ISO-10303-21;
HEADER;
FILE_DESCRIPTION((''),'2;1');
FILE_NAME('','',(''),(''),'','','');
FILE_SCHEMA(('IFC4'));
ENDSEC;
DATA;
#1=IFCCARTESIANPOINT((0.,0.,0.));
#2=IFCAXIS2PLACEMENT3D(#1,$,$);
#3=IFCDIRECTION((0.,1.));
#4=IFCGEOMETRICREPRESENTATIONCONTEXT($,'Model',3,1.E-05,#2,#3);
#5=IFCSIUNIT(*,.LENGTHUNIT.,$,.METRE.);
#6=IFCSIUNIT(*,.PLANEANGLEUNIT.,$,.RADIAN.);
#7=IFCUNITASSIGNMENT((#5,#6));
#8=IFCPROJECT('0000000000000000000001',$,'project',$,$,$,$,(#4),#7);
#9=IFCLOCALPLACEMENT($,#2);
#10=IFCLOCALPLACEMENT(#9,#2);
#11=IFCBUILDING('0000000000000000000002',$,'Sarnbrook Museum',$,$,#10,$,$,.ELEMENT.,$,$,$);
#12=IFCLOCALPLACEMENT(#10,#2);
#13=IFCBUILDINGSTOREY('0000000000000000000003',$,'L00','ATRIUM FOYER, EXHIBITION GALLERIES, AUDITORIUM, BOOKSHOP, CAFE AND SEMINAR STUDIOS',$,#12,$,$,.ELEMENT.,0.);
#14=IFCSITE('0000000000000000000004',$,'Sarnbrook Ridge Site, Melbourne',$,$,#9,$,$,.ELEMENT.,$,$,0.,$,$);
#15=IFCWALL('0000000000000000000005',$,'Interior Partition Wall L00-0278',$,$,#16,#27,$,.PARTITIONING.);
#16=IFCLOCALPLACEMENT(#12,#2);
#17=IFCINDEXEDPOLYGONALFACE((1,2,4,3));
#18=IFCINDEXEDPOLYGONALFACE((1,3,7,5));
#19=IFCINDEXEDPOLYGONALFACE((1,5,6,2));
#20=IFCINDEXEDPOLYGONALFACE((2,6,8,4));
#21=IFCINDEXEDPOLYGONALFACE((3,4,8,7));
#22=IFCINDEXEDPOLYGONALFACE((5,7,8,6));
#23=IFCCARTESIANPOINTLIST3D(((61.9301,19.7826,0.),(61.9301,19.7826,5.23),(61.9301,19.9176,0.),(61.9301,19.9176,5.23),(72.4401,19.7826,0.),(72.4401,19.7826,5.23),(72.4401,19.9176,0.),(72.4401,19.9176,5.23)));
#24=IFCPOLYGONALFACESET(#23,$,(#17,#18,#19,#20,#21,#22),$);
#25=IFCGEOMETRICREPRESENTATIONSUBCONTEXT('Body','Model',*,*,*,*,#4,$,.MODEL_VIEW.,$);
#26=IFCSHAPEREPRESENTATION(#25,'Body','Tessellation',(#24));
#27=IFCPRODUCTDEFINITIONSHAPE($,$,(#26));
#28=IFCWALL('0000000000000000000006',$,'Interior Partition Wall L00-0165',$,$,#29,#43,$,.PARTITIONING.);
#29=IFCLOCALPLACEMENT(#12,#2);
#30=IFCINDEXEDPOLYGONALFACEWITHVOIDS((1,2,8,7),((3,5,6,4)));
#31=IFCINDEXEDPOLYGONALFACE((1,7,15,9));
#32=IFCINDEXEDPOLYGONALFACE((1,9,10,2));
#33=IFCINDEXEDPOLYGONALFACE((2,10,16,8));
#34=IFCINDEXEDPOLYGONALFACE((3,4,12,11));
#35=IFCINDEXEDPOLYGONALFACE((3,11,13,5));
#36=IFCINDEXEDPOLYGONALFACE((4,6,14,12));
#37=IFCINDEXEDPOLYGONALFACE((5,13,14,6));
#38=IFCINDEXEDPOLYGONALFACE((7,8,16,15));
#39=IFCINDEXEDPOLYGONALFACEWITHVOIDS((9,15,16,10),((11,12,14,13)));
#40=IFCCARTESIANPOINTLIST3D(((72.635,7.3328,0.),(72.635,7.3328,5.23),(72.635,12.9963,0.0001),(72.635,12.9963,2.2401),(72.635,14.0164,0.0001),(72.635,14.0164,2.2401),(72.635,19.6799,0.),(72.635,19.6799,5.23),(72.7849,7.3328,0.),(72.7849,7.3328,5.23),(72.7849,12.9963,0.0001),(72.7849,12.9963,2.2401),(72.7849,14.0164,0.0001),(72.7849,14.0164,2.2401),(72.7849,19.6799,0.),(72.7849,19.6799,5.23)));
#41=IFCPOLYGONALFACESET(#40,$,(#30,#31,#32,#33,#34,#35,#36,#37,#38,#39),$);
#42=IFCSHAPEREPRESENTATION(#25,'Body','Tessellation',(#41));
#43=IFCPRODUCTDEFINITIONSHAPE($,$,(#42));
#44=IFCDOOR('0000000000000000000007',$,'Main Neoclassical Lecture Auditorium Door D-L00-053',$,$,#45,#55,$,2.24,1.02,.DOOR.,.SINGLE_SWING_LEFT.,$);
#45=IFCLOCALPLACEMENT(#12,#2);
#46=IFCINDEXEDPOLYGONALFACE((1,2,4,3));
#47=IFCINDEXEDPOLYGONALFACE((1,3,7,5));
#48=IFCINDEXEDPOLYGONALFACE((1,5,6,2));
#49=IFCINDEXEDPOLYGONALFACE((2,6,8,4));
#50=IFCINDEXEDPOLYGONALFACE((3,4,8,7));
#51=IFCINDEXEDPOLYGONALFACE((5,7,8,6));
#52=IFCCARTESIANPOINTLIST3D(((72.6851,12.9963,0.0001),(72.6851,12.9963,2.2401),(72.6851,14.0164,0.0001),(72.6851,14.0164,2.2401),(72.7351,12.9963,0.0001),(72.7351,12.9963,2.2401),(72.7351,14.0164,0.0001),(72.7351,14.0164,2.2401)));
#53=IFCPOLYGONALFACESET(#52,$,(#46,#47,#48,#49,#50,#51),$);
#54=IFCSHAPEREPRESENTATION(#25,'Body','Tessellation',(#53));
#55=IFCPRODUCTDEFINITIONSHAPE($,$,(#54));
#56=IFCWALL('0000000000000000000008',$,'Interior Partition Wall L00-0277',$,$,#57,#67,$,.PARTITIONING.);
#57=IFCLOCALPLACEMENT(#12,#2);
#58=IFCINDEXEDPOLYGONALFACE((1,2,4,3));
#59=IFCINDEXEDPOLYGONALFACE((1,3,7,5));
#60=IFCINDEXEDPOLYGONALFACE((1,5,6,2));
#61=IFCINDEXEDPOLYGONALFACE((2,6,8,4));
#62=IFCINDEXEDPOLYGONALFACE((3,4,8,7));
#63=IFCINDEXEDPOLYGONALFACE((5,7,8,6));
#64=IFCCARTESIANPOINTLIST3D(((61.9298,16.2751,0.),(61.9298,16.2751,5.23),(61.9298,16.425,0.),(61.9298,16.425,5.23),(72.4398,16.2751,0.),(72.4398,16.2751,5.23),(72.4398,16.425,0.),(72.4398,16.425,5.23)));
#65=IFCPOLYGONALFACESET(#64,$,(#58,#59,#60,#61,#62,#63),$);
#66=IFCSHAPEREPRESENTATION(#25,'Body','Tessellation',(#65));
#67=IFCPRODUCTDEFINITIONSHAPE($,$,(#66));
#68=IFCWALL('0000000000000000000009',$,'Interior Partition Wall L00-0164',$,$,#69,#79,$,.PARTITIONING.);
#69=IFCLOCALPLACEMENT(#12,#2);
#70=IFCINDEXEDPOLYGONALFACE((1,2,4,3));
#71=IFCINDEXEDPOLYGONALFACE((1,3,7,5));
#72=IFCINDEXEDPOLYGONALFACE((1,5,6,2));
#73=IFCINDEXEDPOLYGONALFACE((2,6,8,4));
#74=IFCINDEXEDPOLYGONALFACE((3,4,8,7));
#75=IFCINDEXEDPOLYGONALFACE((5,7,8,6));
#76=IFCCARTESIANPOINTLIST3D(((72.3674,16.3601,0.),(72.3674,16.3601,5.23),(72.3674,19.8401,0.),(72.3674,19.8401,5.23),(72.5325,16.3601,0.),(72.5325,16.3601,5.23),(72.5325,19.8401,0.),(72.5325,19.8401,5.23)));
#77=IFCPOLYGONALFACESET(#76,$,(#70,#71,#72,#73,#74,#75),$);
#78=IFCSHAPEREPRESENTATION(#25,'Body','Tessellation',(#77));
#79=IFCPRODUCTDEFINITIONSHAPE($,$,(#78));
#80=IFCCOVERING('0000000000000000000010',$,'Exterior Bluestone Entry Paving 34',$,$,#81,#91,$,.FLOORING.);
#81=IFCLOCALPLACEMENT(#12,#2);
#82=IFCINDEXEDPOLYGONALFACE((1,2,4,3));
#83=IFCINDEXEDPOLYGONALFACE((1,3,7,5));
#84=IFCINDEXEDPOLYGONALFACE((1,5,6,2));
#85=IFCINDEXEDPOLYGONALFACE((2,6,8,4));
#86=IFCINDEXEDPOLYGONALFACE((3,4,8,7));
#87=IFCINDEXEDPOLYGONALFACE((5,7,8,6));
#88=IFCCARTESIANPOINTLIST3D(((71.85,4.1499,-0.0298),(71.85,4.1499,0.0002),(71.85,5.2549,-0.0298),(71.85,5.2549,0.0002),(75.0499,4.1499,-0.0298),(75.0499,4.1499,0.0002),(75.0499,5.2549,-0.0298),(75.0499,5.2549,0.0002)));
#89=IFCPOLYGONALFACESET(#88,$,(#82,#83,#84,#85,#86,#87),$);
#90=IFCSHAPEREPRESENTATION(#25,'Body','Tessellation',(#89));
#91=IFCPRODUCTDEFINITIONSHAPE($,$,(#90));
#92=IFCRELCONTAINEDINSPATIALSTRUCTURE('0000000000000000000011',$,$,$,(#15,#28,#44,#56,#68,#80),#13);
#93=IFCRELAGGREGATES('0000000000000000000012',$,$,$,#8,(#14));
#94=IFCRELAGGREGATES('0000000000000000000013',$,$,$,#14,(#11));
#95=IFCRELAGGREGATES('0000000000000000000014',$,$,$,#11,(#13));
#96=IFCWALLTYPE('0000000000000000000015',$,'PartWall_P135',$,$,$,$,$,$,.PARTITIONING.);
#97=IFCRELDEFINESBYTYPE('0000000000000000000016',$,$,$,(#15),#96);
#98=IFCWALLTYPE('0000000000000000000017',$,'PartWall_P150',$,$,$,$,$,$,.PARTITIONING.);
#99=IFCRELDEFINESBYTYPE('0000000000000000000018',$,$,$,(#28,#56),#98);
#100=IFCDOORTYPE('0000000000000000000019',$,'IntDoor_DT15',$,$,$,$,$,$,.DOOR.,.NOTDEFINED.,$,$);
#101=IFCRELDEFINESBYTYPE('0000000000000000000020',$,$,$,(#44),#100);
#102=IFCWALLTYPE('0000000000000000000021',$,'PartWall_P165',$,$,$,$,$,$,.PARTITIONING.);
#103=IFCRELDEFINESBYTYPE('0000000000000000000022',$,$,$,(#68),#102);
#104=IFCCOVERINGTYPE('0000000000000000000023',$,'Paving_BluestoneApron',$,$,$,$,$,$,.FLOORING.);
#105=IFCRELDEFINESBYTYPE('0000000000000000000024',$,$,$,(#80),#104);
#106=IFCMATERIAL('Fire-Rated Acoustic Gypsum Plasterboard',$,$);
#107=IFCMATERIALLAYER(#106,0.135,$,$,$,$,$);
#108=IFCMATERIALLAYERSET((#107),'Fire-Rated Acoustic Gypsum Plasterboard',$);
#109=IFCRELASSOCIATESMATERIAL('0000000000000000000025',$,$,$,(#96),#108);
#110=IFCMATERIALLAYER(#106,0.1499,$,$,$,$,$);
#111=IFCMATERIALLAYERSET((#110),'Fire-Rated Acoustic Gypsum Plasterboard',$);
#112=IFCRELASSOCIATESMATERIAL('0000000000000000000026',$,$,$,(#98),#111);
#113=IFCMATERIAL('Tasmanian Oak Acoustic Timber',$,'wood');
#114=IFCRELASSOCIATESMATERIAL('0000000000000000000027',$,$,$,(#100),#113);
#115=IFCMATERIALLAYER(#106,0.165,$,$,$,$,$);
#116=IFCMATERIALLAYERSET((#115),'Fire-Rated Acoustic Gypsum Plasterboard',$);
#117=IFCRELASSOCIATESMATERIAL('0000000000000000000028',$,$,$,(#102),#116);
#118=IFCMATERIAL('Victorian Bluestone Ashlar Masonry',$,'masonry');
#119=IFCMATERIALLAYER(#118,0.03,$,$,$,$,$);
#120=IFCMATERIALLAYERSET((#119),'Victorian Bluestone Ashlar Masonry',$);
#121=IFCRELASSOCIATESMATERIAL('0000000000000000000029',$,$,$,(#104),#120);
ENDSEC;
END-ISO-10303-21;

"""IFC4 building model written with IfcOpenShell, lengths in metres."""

from ifc_helpers import new_model, si_unit, direction, frame, frame_2d, origin, origin_2d, place, context, subcontext, project, spatial, rectangle, extrude, material, layer, layer_set, type_object, element, fill, save


model = new_model("IFC4")

# Units and contexts
model_context = context("Model", 3, precision=1e-05, world=origin(), true_north=direction((0.0, 1.0)))
body_context = subcontext(model_context, "Body", "Model", "MODEL_VIEW")
ifc_project = project(units=[si_unit("LENGTHUNIT", "METRE"), si_unit("PLANEANGLEUNIT", "RADIAN")], contexts=[model_context])

# Site, building, storey
site_placement = place(None, origin())
site = spatial("IfcSite", under=ifc_project, at=site_placement, Name="Sarnbrook Ridge Site, Melbourne", CompositionType="ELEMENT", RefElevation=0.0)
building_placement = place(site_placement, origin())
building = spatial("IfcBuilding", under=site, at=building_placement, Name="Sarnbrook Museum", CompositionType="ELEMENT")
storey_placement = place(building_placement, origin())
storey = spatial("IfcBuildingStorey", under=building, at=storey_placement, Name="L00", Description="ATRIUM FOYER, EXHIBITION GALLERIES, AUDITORIUM, BOOKSHOP, CAFE AND SEMINAR STUDIOS", CompositionType="ELEMENT", Elevation=0.0)

# Shared definitions
ifc_material_1 = material(Name="Tasmanian Oak Acoustic Timber", Category="wood")

# Wall
ifc_material_2 = material(Name="Fire-Rated Acoustic Gypsum Plasterboard")
ifc_layer_1 = layer(ifc_material_2, 0.135)
ifc_layer_set_1 = layer_set([ifc_layer_1], Name="Fire-Rated Acoustic Gypsum Plasterboard")
wall_type_1 = type_object("IfcWallType", Name="PartWall_P135", PredefinedType="PARTITIONING", material=ifc_layer_set_1)
wall_1_placement = place(storey_placement, frame((72.4399, 19.8501, 0.0), z_axis=(0.0, 0.0, 1.0), x_axis=(-1.0, 0.0, 0.0)))
element("IfcWall", 1, at=wall_1_placement, inside=storey, type_object=wall_type_1, Name="Interior Partition Wall L00-0278", PredefinedType="PARTITIONING", context=body_context, shape_type="SweptSolid", body=[
    extrude(rectangle(XDim=10.51, YDim=0.135, at=frame_2d((5.2549, 0.0))), origin(), (0.0, 0.0, 1.0), 5.23),
])

# Wall, opening, door
ifc_layer_2 = layer(ifc_material_2, 0.1499)
ifc_layer_set_2 = layer_set([ifc_layer_2], Name="Fire-Rated Acoustic Gypsum Plasterboard")
wall_type_2 = type_object("IfcWallType", Name="PartWall_P150", PredefinedType="PARTITIONING", material=ifc_layer_set_2)
wall_2_placement = place(storey_placement, frame((72.71, 19.6799, 0.0), z_axis=(0.0, 0.0, 1.0), x_axis=(0.0, -1.0, 0.0)))
wall_2 = element("IfcWall", 2, at=wall_2_placement, inside=storey, type_object=wall_type_2, Name="Interior Partition Wall L00-0165", PredefinedType="PARTITIONING", context=body_context, shape_type="SweptSolid", body=[
    extrude(rectangle(XDim=12.3472, YDim=0.1499, at=frame_2d((6.1736, 0.0))), origin(), (0.0, 0.0, 1.0), 5.23),
])
opening_1_placement = place(wall_2_placement, frame((5.6636, 0.0, 0.0)))
opening_1 = element("IfcOpeningElement", 3, at=opening_1_placement, cuts=wall_2, PredefinedType="OPENING", context=body_context, shape_type="SweptSolid", body=[
    extrude(rectangle(XDim=1.02, YDim=2.24, at=frame_2d((0.51, 1.1201))), frame((0.0, 0.085, 0.0), z_axis=(0.0, -1.0, 0.0), x_axis=(1.0, 0.0, 0.0)), (0.0, 0.0, 1.0), 0.1699),
])
door_type_1 = type_object("IfcDoorType", Name="IntDoor_DT15", OperationType="NOTDEFINED", PredefinedType="DOOR", material=ifc_material_1)
door_1_placement = place(opening_1_placement, frame((1.02, 0.0, 0.0), z_axis=(0.0, 0.0, 1.0), x_axis=(-1.0, 0.0, 0.0)))
door_1 = element("IfcDoor", 4, at=door_1_placement, inside=storey, type_object=door_type_1, Name="Main Neoclassical Lecture Auditorium Door D-L00-053", OperationType="SINGLE_SWING_LEFT", OverallHeight=2.24, OverallWidth=1.02, PredefinedType="DOOR", context=body_context, shape_type="SweptSolid", body=[
    extrude(rectangle(XDim=1.02, YDim=2.24, at=frame_2d((0.51, 1.1201))), frame((0.0, 0.0249, 0.0), z_axis=(0.0, -1.0, 0.0), x_axis=(1.0, 0.0, 0.0)), (0.0, 0.0, 1.0), 0.05),
])
fill(opening_1, door_1)

# Walls
wall_3_placement = place(storey_placement, frame((61.9299, 16.3501, 0.0), z_axis=(0.0, 0.0, 1.0), x_axis=(1.0, 0.0, 0.0)))
element("IfcWall", 5, at=wall_3_placement, inside=storey, type_object=wall_type_2, Name="Interior Partition Wall L00-0277", PredefinedType="PARTITIONING", context=body_context, shape_type="SweptSolid", body=[
    extrude(rectangle(XDim=10.51, YDim=0.1499, at=frame_2d((5.2549, 0.0))), origin(), (0.0, 0.0, 1.0), 5.23),
])
ifc_layer_3 = layer(ifc_material_2, 0.165)
ifc_layer_set_3 = layer_set([ifc_layer_3], Name="Fire-Rated Acoustic Gypsum Plasterboard")
wall_type_3 = type_object("IfcWallType", Name="PartWall_P165", PredefinedType="PARTITIONING", material=ifc_layer_set_3)
wall_4_placement = place(storey_placement, frame((72.45, 16.3601, 0.0), z_axis=(0.0, 0.0, 1.0), x_axis=(0.0, 1.0, 0.0)))
element("IfcWall", 6, at=wall_4_placement, inside=storey, type_object=wall_type_3, Name="Interior Partition Wall L00-0164", PredefinedType="PARTITIONING", context=body_context, shape_type="SweptSolid", body=[
    extrude(rectangle(XDim=3.48, YDim=0.165, at=frame_2d((1.74, 0.0))), origin(), (0.0, 0.0, 1.0), 5.23),
])

# Covering
ifc_material_3 = material(Name="Victorian Bluestone Ashlar Masonry", Category="masonry")
ifc_layer_4 = layer(ifc_material_3, 0.03)
ifc_layer_set_4 = layer_set([ifc_layer_4], Name="Victorian Bluestone Ashlar Masonry")
covering_type = type_object("IfcCoveringType", Name="Paving_BluestoneApron", PredefinedType="FLOORING", material=ifc_layer_set_4)
covering_placement = place(storey_placement, frame((73.45, 4.7024, -0.0298), z_axis=(0.0, 0.0, 1.0), x_axis=(1.0, 0.0, 0.0)))
element("IfcCovering", 7, at=covering_placement, inside=storey, type_object=covering_type, Name="Exterior Bluestone Entry Paving 34", PredefinedType="FLOORING", context=body_context, shape_type="SweptSolid", body=[
    extrude(rectangle(XDim=3.2, YDim=1.105, at=origin_2d()), origin(), (0.0, 0.0, 1.0), 0.03),
])

save(model, "model.ifc")
